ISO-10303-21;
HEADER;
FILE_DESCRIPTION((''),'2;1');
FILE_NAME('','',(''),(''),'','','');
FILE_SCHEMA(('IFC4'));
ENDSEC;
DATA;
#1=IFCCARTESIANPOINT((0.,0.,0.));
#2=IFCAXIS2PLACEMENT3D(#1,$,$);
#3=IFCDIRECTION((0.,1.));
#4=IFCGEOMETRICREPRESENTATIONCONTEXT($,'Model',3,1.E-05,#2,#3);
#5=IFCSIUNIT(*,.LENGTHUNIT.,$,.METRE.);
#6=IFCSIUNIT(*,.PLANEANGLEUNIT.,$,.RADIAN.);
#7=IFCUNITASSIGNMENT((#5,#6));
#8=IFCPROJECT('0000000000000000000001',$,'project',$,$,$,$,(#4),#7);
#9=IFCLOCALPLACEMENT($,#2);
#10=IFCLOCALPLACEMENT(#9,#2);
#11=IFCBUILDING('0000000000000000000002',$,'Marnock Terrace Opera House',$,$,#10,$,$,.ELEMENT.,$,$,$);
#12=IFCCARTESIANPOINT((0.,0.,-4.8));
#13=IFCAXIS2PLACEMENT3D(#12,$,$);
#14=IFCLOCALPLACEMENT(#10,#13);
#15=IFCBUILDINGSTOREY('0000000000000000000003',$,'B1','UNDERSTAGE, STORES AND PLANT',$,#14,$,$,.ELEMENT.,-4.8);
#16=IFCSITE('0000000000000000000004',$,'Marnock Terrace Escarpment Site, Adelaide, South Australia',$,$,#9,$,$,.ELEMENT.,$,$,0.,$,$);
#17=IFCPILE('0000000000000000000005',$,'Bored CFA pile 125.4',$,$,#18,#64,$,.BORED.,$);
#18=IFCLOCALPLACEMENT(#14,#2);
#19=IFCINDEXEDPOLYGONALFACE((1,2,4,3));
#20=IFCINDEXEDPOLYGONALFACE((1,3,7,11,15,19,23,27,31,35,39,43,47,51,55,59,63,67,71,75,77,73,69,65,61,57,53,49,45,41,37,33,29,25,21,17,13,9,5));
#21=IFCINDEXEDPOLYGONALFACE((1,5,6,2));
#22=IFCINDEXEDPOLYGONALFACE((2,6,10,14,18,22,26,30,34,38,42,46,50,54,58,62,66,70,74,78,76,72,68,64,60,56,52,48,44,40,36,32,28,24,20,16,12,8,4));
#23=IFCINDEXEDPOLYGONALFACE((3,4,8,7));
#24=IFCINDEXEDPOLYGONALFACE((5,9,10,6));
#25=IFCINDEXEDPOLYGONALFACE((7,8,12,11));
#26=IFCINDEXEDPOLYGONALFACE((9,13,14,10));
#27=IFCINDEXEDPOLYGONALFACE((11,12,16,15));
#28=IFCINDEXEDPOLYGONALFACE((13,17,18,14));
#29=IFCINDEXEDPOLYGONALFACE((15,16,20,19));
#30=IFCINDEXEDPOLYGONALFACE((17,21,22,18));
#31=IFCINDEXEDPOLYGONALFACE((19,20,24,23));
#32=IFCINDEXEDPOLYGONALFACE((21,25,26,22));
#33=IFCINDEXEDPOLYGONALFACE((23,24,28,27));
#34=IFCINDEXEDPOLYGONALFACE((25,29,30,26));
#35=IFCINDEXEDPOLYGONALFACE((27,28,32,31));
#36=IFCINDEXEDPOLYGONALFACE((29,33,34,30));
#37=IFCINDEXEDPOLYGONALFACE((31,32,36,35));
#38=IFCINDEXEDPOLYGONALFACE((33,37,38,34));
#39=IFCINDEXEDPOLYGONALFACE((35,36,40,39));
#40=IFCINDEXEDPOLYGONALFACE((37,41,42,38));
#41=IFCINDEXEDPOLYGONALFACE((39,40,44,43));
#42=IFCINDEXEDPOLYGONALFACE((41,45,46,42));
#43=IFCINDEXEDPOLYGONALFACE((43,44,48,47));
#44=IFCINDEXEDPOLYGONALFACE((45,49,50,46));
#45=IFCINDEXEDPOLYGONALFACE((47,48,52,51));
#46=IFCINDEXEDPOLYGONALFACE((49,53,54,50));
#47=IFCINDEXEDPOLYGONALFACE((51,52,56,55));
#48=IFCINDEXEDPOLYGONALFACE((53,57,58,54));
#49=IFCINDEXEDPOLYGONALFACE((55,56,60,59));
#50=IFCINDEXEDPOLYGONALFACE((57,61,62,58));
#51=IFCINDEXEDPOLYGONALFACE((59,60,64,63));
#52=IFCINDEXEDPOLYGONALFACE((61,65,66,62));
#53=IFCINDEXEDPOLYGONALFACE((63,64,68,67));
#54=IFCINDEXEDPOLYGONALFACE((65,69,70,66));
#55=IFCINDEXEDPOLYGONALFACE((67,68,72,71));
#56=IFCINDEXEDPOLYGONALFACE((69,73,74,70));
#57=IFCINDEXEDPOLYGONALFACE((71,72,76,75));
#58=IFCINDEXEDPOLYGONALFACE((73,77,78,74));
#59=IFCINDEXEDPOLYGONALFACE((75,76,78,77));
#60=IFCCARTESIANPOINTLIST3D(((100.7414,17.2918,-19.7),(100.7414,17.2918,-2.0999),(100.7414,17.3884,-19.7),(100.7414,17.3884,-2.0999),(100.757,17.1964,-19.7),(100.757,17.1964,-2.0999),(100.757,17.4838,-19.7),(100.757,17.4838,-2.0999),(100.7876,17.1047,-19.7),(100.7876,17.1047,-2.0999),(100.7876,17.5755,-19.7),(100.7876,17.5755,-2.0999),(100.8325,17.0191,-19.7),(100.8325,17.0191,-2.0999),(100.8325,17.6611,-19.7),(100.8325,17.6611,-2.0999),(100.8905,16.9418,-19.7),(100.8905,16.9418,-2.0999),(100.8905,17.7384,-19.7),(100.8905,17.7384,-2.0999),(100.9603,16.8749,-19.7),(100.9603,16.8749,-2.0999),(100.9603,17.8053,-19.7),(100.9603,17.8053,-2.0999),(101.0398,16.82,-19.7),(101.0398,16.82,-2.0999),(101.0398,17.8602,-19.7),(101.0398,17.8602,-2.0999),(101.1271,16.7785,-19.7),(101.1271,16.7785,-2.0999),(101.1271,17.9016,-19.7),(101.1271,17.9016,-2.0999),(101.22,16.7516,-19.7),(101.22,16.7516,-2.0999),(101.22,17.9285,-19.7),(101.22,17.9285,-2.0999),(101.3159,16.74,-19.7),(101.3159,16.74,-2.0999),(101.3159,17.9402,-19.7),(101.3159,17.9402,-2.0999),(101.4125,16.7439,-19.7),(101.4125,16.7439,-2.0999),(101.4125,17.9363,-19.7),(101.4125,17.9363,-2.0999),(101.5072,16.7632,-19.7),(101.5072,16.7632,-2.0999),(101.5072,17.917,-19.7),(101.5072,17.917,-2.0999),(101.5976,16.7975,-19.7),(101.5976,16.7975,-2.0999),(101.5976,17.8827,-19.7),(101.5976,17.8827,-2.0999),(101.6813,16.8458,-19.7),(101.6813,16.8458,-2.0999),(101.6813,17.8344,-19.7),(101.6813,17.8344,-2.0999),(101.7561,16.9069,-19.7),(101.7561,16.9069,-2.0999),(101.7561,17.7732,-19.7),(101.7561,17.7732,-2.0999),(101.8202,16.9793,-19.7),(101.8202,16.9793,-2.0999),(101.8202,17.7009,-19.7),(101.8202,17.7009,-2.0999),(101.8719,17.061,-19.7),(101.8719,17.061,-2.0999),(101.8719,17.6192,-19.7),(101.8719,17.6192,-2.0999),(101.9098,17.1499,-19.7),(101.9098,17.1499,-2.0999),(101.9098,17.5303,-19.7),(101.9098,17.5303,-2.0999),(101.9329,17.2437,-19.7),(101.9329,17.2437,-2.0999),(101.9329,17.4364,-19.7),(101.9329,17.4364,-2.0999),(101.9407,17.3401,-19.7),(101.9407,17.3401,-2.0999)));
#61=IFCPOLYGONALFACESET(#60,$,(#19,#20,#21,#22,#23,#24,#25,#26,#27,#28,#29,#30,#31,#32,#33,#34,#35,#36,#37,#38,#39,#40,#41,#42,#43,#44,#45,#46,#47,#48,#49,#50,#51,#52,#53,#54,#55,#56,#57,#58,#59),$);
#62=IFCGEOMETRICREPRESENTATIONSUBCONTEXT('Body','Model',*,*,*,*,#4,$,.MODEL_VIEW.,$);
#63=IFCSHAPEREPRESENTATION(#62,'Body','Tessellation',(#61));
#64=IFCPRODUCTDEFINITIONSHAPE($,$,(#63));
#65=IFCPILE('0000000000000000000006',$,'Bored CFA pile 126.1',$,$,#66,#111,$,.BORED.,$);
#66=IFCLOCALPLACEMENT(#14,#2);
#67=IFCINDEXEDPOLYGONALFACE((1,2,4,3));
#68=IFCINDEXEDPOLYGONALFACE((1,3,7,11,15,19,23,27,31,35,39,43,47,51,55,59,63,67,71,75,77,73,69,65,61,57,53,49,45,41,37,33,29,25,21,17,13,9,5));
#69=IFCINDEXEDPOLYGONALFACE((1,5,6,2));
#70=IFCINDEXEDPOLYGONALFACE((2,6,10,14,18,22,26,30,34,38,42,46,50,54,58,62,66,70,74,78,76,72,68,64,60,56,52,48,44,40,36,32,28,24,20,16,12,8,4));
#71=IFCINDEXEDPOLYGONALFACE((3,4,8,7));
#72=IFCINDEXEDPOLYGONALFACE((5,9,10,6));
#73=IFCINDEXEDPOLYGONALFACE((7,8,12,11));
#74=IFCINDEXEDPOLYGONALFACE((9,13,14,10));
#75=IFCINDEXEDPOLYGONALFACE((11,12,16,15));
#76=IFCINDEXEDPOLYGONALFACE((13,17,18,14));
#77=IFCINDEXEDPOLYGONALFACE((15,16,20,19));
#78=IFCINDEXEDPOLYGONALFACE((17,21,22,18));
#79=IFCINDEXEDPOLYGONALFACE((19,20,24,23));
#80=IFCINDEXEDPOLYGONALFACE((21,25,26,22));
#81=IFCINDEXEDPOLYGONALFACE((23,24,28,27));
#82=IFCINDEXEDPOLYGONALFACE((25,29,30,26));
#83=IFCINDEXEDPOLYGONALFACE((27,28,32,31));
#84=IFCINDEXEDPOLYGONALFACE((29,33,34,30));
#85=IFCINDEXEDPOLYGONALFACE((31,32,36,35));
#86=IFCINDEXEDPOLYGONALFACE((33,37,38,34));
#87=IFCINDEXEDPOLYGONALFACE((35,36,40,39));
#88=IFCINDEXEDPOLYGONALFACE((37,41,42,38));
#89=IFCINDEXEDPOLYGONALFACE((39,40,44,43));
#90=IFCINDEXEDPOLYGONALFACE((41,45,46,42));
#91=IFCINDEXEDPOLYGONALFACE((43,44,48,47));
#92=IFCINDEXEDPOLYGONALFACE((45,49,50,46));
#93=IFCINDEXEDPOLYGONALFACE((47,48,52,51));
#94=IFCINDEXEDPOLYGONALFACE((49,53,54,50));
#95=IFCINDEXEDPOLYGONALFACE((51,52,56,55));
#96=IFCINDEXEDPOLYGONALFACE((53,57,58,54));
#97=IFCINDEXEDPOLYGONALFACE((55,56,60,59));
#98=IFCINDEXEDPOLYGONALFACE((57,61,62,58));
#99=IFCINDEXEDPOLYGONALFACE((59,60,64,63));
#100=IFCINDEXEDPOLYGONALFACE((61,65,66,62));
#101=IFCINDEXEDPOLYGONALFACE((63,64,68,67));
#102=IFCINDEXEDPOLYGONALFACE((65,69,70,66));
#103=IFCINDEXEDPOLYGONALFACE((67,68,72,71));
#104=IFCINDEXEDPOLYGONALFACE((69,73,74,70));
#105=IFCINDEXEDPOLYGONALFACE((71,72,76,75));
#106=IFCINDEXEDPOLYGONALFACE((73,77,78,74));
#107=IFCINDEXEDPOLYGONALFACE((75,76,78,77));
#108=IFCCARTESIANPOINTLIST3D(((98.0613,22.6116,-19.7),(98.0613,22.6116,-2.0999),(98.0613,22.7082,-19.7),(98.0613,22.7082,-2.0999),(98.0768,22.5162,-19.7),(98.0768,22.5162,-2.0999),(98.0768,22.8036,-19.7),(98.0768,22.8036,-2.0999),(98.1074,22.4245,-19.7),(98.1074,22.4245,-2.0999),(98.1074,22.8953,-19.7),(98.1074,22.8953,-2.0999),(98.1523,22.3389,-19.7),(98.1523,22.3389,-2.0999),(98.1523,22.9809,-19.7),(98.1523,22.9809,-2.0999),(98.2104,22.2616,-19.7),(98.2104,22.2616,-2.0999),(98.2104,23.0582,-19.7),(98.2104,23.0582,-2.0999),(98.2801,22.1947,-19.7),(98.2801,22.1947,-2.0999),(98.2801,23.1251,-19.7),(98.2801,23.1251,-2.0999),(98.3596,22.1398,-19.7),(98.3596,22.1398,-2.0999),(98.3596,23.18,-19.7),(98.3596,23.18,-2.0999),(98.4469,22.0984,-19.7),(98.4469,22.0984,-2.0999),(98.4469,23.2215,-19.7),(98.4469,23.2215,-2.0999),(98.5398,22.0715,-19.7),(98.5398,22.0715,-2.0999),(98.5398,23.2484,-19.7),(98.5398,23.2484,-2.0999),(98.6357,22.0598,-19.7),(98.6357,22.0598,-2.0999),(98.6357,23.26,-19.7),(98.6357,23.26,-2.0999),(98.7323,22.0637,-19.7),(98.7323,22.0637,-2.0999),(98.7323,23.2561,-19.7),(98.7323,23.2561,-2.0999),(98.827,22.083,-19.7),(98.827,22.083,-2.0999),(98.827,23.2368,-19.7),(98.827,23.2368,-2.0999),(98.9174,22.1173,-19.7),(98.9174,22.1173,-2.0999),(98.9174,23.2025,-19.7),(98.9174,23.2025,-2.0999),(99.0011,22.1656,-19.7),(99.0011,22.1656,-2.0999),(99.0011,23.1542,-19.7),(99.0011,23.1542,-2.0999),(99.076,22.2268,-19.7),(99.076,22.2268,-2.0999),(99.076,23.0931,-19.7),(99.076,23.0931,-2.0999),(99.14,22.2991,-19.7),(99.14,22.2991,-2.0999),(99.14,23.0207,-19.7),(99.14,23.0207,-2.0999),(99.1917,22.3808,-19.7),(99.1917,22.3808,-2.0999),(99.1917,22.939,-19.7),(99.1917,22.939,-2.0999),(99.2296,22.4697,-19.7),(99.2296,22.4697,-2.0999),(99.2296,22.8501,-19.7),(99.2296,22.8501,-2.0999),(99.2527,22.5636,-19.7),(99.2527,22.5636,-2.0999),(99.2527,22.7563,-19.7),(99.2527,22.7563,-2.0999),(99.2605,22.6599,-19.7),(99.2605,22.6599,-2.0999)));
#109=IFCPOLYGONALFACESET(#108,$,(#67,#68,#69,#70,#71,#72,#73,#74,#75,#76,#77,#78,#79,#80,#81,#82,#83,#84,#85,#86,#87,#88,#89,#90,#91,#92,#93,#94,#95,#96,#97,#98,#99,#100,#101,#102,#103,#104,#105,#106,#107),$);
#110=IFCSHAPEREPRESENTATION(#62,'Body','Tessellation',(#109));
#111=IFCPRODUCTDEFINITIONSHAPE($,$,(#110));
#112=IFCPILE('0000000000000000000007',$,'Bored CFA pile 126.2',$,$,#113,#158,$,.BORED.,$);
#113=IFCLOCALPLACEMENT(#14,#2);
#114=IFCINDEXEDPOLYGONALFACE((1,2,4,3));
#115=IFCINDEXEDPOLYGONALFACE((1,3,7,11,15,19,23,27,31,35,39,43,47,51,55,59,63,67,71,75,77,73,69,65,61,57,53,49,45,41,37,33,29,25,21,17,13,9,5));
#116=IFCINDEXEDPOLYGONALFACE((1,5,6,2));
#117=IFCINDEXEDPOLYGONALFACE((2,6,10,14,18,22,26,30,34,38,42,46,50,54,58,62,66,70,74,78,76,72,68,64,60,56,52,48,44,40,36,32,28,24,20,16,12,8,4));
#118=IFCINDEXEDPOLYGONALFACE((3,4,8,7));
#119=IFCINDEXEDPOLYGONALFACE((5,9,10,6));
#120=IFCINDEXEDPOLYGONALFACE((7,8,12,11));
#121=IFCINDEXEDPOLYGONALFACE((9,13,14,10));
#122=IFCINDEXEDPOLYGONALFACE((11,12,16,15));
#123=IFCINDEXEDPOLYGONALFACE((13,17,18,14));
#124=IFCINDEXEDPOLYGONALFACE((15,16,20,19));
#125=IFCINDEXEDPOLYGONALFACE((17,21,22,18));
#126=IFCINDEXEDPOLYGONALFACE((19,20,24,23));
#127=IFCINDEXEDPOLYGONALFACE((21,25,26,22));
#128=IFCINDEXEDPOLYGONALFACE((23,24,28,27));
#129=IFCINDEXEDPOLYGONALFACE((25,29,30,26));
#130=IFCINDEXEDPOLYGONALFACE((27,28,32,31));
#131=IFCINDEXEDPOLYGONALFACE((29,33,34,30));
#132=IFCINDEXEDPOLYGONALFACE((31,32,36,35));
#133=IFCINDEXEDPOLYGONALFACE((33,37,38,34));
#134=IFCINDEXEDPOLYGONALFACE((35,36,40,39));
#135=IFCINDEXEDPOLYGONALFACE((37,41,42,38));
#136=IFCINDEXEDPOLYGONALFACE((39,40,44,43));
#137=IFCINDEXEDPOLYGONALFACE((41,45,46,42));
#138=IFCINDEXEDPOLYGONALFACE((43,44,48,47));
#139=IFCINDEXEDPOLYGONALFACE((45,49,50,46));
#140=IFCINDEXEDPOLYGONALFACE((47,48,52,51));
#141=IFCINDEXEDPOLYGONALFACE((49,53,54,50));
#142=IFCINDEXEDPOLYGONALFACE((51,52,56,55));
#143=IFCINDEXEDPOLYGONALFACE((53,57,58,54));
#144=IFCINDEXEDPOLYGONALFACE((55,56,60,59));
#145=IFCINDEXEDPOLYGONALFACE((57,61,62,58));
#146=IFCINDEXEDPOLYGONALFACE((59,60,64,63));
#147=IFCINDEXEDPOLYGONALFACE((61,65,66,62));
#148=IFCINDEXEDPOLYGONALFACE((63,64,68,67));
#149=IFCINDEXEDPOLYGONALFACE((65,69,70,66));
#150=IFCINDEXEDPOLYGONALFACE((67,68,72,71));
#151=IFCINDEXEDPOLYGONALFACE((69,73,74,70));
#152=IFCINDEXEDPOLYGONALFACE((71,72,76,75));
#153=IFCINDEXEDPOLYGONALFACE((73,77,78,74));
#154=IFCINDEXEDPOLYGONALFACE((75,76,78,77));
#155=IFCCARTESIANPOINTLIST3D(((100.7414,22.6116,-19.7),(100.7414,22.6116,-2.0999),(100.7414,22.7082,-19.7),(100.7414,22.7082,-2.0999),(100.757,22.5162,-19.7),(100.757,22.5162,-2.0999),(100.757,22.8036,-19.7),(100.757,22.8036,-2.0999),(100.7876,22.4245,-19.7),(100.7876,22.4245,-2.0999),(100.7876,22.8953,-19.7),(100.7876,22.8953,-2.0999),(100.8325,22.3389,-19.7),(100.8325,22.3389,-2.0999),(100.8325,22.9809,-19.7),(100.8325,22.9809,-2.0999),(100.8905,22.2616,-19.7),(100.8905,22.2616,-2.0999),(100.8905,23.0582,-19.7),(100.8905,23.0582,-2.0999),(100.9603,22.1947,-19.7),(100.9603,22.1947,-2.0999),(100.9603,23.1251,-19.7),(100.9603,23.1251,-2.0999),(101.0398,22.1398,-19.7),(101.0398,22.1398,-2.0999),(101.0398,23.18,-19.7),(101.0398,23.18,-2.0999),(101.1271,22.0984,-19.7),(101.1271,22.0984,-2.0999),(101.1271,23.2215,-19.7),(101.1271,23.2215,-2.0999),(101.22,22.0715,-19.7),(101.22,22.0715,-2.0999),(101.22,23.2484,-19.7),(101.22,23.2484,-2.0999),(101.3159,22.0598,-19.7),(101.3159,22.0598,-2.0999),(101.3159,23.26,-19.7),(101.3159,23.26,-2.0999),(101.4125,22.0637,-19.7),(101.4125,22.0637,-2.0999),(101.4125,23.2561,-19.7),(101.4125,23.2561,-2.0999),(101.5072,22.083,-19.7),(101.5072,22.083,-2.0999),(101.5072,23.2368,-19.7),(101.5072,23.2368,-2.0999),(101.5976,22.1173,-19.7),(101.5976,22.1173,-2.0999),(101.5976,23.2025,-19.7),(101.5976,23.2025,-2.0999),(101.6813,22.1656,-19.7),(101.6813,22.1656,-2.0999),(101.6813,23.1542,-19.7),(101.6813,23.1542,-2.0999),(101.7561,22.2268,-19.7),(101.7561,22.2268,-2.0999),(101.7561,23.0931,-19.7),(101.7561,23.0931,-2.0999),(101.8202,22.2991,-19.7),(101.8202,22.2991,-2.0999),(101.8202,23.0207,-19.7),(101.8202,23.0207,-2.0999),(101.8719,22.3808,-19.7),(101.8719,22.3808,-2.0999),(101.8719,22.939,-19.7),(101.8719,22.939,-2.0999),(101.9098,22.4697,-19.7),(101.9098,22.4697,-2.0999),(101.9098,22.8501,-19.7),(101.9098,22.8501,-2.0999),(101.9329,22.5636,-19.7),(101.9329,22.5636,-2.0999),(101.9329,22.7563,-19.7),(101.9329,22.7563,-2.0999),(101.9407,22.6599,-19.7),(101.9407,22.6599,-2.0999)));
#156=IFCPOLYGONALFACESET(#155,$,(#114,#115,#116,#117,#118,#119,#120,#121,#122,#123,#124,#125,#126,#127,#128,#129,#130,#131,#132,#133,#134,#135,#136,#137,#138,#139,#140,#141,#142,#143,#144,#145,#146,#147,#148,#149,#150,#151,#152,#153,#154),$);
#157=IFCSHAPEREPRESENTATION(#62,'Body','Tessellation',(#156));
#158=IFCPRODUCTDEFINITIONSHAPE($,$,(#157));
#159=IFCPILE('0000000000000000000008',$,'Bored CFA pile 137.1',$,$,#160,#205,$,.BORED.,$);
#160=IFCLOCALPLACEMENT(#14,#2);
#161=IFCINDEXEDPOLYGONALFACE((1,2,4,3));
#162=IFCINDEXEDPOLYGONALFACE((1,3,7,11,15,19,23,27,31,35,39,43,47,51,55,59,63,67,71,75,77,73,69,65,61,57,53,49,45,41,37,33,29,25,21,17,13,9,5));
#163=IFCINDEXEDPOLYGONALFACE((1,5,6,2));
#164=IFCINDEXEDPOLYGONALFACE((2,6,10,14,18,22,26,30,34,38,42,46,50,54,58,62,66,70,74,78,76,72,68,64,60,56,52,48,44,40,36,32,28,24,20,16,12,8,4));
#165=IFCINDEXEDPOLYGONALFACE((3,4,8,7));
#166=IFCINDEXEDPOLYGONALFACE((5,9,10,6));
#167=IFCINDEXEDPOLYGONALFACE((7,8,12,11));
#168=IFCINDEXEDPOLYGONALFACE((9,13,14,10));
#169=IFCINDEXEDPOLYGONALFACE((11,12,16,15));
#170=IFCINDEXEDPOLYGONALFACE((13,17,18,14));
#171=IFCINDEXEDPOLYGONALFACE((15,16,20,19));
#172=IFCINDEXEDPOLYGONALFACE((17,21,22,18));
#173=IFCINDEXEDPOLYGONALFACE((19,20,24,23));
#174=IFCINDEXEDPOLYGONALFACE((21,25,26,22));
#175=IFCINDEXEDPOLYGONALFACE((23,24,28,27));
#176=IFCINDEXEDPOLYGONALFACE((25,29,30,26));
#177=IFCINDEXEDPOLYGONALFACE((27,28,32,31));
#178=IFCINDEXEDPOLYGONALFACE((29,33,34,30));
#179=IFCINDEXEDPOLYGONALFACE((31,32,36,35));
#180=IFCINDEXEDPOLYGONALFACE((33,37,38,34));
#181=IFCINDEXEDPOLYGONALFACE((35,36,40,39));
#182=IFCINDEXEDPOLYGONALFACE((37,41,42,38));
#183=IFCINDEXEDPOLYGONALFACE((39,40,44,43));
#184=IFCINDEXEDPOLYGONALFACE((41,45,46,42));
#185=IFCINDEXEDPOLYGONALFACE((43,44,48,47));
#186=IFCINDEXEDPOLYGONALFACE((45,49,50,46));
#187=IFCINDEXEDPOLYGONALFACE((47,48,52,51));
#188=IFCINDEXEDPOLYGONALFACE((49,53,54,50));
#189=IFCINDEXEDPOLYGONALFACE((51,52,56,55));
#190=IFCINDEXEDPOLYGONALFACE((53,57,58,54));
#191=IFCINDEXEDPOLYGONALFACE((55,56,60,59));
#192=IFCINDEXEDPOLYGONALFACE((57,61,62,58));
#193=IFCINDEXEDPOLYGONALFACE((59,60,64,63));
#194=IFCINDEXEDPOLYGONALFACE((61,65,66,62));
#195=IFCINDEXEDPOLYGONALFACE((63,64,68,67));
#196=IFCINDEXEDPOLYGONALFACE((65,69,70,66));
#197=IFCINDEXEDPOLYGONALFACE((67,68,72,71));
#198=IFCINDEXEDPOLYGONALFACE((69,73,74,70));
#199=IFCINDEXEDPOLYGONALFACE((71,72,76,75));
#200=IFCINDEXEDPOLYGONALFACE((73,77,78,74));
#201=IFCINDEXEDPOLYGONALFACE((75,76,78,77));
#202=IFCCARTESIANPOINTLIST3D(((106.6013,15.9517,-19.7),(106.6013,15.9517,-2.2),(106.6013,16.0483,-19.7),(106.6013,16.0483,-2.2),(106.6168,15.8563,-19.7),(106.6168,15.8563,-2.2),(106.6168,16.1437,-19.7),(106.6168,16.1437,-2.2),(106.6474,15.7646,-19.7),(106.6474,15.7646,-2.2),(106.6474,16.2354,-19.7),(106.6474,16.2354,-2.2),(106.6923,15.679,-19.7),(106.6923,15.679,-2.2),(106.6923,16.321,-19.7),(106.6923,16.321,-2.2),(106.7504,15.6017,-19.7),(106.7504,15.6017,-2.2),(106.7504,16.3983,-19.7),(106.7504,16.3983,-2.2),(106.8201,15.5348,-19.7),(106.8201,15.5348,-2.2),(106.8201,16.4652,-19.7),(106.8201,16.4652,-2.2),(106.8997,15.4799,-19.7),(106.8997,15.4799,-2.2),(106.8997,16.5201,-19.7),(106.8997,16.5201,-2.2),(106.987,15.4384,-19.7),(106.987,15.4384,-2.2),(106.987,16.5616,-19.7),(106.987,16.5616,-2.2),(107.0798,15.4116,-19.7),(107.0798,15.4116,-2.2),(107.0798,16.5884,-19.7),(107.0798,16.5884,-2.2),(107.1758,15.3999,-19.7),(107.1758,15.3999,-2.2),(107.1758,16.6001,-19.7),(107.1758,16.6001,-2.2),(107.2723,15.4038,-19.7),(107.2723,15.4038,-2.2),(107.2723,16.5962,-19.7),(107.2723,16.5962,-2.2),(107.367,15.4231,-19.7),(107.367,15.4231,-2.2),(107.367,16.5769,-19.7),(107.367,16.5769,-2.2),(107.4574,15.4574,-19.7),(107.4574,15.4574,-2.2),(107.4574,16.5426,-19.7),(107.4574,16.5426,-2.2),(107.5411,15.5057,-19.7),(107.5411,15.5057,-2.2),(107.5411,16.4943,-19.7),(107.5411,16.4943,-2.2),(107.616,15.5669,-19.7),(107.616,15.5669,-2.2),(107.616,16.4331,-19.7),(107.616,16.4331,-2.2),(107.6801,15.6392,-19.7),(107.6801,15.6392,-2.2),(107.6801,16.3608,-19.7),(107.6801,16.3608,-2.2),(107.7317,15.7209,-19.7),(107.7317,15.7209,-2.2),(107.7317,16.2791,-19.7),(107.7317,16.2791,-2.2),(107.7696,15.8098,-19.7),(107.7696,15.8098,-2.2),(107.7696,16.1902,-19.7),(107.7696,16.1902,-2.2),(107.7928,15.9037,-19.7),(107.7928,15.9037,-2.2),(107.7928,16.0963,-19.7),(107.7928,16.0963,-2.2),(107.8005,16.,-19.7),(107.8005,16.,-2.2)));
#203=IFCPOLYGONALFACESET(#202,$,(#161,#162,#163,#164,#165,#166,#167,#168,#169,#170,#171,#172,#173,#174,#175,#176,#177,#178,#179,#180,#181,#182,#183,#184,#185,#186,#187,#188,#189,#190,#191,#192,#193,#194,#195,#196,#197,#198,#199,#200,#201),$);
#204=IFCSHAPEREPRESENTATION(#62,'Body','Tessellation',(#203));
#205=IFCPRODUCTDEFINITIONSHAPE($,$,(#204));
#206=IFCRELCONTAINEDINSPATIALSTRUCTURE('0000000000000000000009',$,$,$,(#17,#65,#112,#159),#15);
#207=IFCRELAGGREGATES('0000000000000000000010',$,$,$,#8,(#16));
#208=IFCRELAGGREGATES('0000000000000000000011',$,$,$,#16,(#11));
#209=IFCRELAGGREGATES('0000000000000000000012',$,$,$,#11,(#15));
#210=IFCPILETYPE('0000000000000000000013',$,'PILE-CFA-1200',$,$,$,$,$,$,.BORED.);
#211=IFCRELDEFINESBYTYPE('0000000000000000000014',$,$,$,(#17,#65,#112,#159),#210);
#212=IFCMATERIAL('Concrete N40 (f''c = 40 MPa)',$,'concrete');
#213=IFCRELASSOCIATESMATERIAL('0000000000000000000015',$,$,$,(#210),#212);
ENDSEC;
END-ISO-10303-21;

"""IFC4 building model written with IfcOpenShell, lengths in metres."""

from ifc_helpers import new_model, si_unit, direction, frame, origin, origin_2d, place, context, subcontext, project, spatial, circle, extrude, material, material_profile, profile_set, type_object, element, save


model = new_model("IFC4")

# Units and contexts
model_context = context("Model", 3, precision=1e-05, world=origin(), true_north=direction((0.0, 1.0)))
body_context = subcontext(model_context, "Body", "Model", "MODEL_VIEW")
ifc_project = project(units=[si_unit("LENGTHUNIT", "METRE"), si_unit("PLANEANGLEUNIT", "RADIAN")], contexts=[model_context])

# Site, building, storey
site_placement = place(None, origin())
site = spatial("IfcSite", under=ifc_project, at=site_placement, Name="Marnock Terrace Escarpment Site, Adelaide, South Australia", CompositionType="ELEMENT", RefElevation=0.0)
building_placement = place(site_placement, origin())
building = spatial("IfcBuilding", under=site, at=building_placement, Name="Marnock Terrace Opera House", CompositionType="ELEMENT")
storey_placement = place(building_placement, frame((0.0, 0.0, -4.8)))
storey = spatial("IfcBuildingStorey", under=building, at=storey_placement, Name="B1", Description="UNDERSTAGE, STORES AND PLANT", CompositionType="ELEMENT", Elevation=-4.8)

# Shared definitions
ifc_material_1 = material(Name="Concrete N40 (f'c = 40 MPa)", Category="concrete")

# Piles
ifc_material_profile_1 = material_profile(ifc_material_1, circle(Radius=0.6006, at=origin_2d()))
ifc_profile_set_1 = profile_set([ifc_material_profile_1], Name="Concrete N40 (f'c = 40 MPa)")
pile_type = type_object("IfcPileType", Name="PILE-CFA-1200", PredefinedType="BORED", material=ifc_profile_set_1)
for number, where, z_axis, x_axis, name in (
    (1, (101.3401, 17.3401, -2.0999), (0.0, 0.0, -1.0), (1.0, 0.0, 0.0), "Bored CFA pile 125.4"),
    (2, (98.6599, 22.6599, -2.0999), (0.0, 0.0, -1.0), (1.0, 0.0, 0.0), "Bored CFA pile 126.1"),
    (3, (101.3401, 22.6599, -2.0999), (0.0, 0.0, -1.0), (1.0, 0.0, 0.0), "Bored CFA pile 126.2"),
):
    element("IfcPile", number, at=place(storey_placement, frame(where, z_axis=z_axis, x_axis=x_axis)), inside=storey, type_object=pile_type, Name=name, PredefinedType="BORED", context=body_context, shape_type="SweptSolid", body=[
        extrude(circle(Radius=0.6006, at=origin_2d()), origin(), (0.0, 0.0, 1.0), 17.6001),
    ])
for number, where, z_axis, x_axis, name in (
    (4, (107.2, 16.0, -2.2), (0.0, 0.0, -1.0), (1.0, 0.0, 0.0), "Bored CFA pile 137.1"),
):
    element("IfcPile", number, at=place(storey_placement, frame(where, z_axis=z_axis, x_axis=x_axis)), inside=storey, type_object=pile_type, Name=name, PredefinedType="BORED", context=body_context, shape_type="SweptSolid", body=[
        extrude(circle(Radius=0.6006, at=origin_2d()), origin(), (0.0, 0.0, 1.0), 17.5),
    ])

save(model, "model.ifc")
